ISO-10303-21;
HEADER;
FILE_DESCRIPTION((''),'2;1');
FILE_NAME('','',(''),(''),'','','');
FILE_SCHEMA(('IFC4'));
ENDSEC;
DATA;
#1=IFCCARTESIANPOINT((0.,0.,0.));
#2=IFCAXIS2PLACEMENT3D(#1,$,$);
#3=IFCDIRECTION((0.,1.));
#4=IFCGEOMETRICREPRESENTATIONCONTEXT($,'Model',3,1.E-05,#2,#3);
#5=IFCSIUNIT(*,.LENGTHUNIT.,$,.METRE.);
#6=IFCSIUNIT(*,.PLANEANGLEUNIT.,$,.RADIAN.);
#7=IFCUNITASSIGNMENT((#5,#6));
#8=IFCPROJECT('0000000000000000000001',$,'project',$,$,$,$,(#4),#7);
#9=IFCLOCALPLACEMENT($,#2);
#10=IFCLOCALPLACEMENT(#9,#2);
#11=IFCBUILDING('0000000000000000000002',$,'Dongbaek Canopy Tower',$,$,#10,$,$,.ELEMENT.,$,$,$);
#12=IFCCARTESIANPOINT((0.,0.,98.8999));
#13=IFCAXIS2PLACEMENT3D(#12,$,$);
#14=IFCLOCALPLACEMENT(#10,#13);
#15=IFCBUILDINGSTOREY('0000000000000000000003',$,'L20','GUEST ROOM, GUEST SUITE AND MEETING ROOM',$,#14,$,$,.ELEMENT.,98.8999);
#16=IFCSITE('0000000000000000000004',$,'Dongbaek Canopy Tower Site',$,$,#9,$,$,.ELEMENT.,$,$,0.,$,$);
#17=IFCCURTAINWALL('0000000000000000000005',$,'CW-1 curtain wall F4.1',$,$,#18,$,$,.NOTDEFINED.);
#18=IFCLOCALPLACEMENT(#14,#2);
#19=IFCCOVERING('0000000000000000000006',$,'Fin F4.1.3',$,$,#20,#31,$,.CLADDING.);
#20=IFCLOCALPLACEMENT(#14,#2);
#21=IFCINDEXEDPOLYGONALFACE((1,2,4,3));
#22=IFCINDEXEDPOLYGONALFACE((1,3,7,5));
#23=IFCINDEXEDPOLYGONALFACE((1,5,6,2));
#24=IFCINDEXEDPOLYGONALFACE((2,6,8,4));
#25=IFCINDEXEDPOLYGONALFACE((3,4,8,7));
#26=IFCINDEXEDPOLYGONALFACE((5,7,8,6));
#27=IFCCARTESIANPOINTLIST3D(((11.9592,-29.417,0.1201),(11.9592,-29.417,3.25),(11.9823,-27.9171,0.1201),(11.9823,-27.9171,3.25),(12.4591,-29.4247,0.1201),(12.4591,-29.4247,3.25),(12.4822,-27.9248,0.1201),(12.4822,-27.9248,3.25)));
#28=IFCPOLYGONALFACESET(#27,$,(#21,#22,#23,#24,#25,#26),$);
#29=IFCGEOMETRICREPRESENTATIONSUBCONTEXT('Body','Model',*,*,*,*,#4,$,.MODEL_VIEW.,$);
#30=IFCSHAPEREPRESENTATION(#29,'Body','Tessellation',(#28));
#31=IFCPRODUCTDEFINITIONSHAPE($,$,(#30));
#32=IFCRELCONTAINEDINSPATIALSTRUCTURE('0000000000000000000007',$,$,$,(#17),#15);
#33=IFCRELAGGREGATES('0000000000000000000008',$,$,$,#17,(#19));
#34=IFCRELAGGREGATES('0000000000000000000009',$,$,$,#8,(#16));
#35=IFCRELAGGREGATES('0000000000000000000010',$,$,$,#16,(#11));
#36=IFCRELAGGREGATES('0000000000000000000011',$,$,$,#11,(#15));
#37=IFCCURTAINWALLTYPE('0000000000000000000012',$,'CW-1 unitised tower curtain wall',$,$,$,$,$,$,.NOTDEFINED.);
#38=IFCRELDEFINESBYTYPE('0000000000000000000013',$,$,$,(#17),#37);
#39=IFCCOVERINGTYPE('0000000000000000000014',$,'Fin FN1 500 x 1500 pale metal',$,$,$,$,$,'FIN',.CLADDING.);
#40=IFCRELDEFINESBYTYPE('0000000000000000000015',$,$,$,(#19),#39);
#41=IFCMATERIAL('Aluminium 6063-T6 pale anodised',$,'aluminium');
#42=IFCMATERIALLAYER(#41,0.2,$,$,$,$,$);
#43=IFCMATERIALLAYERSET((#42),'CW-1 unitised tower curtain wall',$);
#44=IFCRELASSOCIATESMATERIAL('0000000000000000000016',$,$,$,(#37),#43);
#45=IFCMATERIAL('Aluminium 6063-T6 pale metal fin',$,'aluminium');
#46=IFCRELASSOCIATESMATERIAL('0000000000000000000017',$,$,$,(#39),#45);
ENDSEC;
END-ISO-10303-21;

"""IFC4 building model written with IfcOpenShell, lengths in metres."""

from ifc_helpers import new_model, si_unit, direction, frame, origin, origin_2d, place, context, subcontext, project, spatial, rectangle, extrude, material, layer, layer_set, material_profile, profile_set, type_object, element, aggregate, save


model = new_model("IFC4")

# Units and contexts
model_context = context("Model", 3, precision=1e-05, world=origin(), true_north=direction((0.0, 1.0)))
body_context = subcontext(model_context, "Body", "Model", "MODEL_VIEW")
ifc_project = project(units=[si_unit("LENGTHUNIT", "METRE"), si_unit("PLANEANGLEUNIT", "RADIAN")], contexts=[model_context])

# Site, building, storey
site_placement = place(None, origin())
site = spatial("IfcSite", under=ifc_project, at=site_placement, Name="Dongbaek Canopy Tower Site", CompositionType="ELEMENT", RefElevation=0.0)
building_placement = place(site_placement, origin())
building = spatial("IfcBuilding", under=site, at=building_placement, Name="Dongbaek Canopy Tower", CompositionType="ELEMENT")
storey_placement = place(building_placement, frame((0.0, 0.0, 98.8999)))
storey = spatial("IfcBuildingStorey", under=building, at=storey_placement, Name="L20", Description="GUEST ROOM, GUEST SUITE AND MEETING ROOM", CompositionType="ELEMENT", Elevation=98.8999)

# Curtain wall
ifc_material_1 = material(Name="Aluminium 6063-T6 pale anodised", Category="aluminium")
ifc_layer_1 = layer(ifc_material_1, 0.2)
ifc_layer_set_1 = layer_set([ifc_layer_1], Name="CW-1 unitised tower curtain wall")
curtain_wall_type = type_object("IfcCurtainWallType", Name="CW-1 unitised tower curtain wall", PredefinedType="NOTDEFINED", material=ifc_layer_set_1)
curtain_wall_placement = place(storey_placement, origin())
curtain_wall = element("IfcCurtainWall", 1, at=curtain_wall_placement, inside=storey, type_object=curtain_wall_type, Name="CW-1 curtain wall F4.1", PredefinedType="NOTDEFINED")

# Covering
ifc_material_2 = material(Name="Aluminium 6063-T6 pale metal fin", Category="aluminium")
ifc_material_profile_1 = material_profile(ifc_material_2, rectangle(XDim=1.5, YDim=0.5, at=origin_2d()), Name="Fin FN1 500 x 1500 pale metal")
ifc_profile_set_1 = profile_set([ifc_material_profile_1], Name="Aluminium 6063-T6 pale metal fin")
covering_type_1 = type_object("IfcCoveringType", Name="Fin FN1 500 x 1500 pale metal", ElementType="FIN", PredefinedType="CLADDING", material=ifc_profile_set_1)
covering_1_placement = place(storey_placement, frame((12.2207, -28.6709, 0.1201), z_axis=(0.0, 0.0, 1.0), x_axis=(-0.015413, -0.999881, 0.0)))
covering_1 = element("IfcCovering", 2, at=covering_1_placement, type_object=covering_type_1, Name="Fin F4.1.3", PredefinedType="CLADDING", context=body_context, shape_type="SweptSolid", body=[
    extrude(rectangle(XDim=1.5, YDim=0.5, at=origin_2d()), origin(), (0.0, 0.0, 1.0), 3.1299),
])
aggregate(curtain_wall, [covering_1])

save(model, "model.ifc")
